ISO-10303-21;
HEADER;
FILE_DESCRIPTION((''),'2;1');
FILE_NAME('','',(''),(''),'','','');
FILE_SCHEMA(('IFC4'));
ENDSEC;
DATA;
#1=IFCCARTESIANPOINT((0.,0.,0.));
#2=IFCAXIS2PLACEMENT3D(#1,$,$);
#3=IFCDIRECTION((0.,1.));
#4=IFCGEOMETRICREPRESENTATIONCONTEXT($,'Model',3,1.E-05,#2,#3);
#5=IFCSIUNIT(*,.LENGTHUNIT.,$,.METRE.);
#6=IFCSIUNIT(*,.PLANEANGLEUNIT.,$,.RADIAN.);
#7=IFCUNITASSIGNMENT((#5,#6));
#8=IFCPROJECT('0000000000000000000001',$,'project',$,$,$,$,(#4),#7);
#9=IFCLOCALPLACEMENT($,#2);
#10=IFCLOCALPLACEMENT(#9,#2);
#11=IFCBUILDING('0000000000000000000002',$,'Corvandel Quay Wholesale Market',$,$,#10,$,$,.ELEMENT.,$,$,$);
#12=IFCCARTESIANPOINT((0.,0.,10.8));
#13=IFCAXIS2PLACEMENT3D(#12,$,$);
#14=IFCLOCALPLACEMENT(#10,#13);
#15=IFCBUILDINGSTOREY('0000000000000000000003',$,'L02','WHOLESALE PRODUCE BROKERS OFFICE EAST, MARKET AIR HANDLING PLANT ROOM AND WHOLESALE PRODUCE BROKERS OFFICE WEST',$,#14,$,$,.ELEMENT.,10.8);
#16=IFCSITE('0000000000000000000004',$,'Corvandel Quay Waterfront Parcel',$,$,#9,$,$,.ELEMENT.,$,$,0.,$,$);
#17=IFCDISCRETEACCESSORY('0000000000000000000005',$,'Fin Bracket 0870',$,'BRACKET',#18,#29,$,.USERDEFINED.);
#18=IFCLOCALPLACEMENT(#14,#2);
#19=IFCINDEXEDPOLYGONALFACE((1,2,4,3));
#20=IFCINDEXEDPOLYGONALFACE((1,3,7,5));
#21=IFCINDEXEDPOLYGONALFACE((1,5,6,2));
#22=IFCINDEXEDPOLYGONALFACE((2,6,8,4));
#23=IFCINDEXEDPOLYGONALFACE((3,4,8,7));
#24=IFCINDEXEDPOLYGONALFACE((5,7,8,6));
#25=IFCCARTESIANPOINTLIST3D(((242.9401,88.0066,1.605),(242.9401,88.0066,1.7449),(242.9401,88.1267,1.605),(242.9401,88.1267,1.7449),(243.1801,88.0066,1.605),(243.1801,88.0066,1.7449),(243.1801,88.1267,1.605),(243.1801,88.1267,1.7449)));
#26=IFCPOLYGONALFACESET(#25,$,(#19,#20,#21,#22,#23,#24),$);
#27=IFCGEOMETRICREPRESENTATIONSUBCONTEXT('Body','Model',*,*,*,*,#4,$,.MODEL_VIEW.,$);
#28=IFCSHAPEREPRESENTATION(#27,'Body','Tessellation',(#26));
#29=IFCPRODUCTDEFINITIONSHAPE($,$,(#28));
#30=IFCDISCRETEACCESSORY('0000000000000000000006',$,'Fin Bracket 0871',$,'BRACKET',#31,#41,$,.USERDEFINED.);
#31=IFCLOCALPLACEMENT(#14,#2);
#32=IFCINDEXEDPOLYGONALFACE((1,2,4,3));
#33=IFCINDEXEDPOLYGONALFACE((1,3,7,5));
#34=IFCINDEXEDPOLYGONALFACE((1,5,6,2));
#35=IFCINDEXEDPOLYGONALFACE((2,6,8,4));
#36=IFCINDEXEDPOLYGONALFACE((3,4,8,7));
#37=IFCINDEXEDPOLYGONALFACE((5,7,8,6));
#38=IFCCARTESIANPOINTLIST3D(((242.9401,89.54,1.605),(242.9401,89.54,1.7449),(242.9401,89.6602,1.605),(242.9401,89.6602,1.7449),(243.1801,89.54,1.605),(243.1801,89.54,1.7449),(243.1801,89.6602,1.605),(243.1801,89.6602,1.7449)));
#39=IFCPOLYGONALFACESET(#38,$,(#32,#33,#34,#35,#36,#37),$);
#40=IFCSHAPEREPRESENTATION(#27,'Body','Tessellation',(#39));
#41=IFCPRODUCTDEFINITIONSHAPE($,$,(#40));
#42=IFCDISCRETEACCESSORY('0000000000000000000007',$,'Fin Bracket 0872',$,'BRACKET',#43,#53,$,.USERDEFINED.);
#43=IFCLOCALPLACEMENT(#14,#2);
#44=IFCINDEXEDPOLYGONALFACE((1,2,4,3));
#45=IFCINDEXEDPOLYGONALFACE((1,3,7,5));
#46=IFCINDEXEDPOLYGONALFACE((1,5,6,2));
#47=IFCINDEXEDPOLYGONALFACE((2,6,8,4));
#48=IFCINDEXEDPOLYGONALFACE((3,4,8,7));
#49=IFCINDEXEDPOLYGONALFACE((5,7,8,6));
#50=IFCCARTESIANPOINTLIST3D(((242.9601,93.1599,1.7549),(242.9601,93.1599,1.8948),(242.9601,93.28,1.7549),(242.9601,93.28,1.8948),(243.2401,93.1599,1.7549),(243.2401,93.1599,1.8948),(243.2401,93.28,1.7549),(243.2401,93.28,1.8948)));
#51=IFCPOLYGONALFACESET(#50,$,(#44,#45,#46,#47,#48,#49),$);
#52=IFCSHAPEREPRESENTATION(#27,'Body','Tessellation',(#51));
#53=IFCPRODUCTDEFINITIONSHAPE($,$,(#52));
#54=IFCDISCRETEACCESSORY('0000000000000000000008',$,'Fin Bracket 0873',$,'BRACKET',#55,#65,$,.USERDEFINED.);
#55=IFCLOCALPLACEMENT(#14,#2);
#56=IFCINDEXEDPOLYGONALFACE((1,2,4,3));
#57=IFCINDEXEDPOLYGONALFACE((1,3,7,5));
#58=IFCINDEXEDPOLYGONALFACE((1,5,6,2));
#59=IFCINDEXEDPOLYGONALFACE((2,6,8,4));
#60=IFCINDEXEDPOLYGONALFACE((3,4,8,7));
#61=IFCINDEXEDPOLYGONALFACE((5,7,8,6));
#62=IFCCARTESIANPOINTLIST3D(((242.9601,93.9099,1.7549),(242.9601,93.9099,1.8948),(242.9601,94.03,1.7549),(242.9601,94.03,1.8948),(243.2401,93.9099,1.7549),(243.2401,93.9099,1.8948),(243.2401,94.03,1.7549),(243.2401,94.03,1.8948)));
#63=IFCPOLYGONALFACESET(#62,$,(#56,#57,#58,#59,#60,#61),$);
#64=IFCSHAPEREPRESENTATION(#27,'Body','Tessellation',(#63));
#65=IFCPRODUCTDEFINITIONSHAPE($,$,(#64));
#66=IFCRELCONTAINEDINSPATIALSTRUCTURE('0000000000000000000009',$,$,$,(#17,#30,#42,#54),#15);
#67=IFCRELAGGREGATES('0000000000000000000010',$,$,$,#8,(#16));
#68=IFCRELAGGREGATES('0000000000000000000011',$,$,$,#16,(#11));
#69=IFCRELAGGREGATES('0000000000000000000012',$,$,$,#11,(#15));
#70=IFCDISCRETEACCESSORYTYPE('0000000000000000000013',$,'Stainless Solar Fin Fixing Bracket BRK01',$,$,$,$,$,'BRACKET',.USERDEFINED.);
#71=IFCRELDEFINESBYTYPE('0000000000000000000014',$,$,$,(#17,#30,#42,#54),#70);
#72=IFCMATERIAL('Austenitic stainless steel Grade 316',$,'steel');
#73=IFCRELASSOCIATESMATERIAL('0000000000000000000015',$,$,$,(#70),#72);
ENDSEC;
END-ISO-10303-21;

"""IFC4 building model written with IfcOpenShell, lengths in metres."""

from ifc_helpers import new_model, si_unit, direction, frame, origin, origin_2d, place, context, subcontext, project, spatial, rectangle, extrude, material, type_object, element, save


model = new_model("IFC4")

# Units and contexts
model_context = context("Model", 3, precision=1e-05, world=origin(), true_north=direction((0.0, 1.0)))
body_context = subcontext(model_context, "Body", "Model", "MODEL_VIEW")
ifc_project = project(units=[si_unit("LENGTHUNIT", "METRE"), si_unit("PLANEANGLEUNIT", "RADIAN")], contexts=[model_context])

# Site, building, storey
site_placement = place(None, origin())
site = spatial("IfcSite", under=ifc_project, at=site_placement, Name="Corvandel Quay Waterfront Parcel", CompositionType="ELEMENT", RefElevation=0.0)
building_placement = place(site_placement, origin())
building = spatial("IfcBuilding", under=site, at=building_placement, Name="Corvandel Quay Wholesale Market", CompositionType="ELEMENT")
storey_placement = place(building_placement, frame((0.0, 0.0, 10.8)))
storey = spatial("IfcBuildingStorey", under=building, at=storey_placement, Name="L02", Description="WHOLESALE PRODUCE BROKERS OFFICE EAST, MARKET AIR HANDLING PLANT ROOM AND WHOLESALE PRODUCE BROKERS OFFICE WEST", CompositionType="ELEMENT", Elevation=10.8)

# Discrete accessories
ifc_material_1 = material(Name="Austenitic stainless steel Grade 316", Category="steel")
discrete_accessory_type = type_object("IfcDiscreteAccessoryType", Name="Stainless Solar Fin Fixing Bracket BRK01", ElementType="BRACKET", PredefinedType="USERDEFINED", material=ifc_material_1)
for number, where, z_axis, x_axis, name in (
    (1, (243.0601, 88.0667, 1.605), (0.0, 0.0, 1.0), (1.0, 0.0, 0.0), "Fin Bracket 0870"),
    (2, (243.0601, 89.6001, 1.605), (0.0, 0.0, 1.0), (1.0, 0.0, 0.0), "Fin Bracket 0871"),
):
    element("IfcDiscreteAccessory", number, at=place(storey_placement, frame(where, z_axis=z_axis, x_axis=x_axis)), inside=storey, type_object=discrete_accessory_type, Name=name, ObjectType="BRACKET", PredefinedType="USERDEFINED", context=body_context, shape_type="SweptSolid", body=[
        extrude(rectangle(XDim=0.24, YDim=0.1201, at=origin_2d()), origin(), (0.0, 0.0, 1.0), 0.1399),
    ])
for number, where, z_axis, x_axis, name in (
    (3, (243.1001, 93.22, 1.7549), (0.0, 0.0, 1.0), (1.0, 0.0, 0.0), "Fin Bracket 0872"),
    (4, (243.1001, 93.97, 1.7549), (0.0, 0.0, 1.0), (1.0, 0.0, 0.0), "Fin Bracket 0873"),
):
    element("IfcDiscreteAccessory", number, at=place(storey_placement, frame(where, z_axis=z_axis, x_axis=x_axis)), inside=storey, type_object=discrete_accessory_type, Name=name, ObjectType="BRACKET", PredefinedType="USERDEFINED", context=body_context, shape_type="SweptSolid", body=[
        extrude(rectangle(XDim=0.28, YDim=0.1201, at=origin_2d()), origin(), (0.0, 0.0, 1.0), 0.1399),
    ])

save(model, "model.ifc")
